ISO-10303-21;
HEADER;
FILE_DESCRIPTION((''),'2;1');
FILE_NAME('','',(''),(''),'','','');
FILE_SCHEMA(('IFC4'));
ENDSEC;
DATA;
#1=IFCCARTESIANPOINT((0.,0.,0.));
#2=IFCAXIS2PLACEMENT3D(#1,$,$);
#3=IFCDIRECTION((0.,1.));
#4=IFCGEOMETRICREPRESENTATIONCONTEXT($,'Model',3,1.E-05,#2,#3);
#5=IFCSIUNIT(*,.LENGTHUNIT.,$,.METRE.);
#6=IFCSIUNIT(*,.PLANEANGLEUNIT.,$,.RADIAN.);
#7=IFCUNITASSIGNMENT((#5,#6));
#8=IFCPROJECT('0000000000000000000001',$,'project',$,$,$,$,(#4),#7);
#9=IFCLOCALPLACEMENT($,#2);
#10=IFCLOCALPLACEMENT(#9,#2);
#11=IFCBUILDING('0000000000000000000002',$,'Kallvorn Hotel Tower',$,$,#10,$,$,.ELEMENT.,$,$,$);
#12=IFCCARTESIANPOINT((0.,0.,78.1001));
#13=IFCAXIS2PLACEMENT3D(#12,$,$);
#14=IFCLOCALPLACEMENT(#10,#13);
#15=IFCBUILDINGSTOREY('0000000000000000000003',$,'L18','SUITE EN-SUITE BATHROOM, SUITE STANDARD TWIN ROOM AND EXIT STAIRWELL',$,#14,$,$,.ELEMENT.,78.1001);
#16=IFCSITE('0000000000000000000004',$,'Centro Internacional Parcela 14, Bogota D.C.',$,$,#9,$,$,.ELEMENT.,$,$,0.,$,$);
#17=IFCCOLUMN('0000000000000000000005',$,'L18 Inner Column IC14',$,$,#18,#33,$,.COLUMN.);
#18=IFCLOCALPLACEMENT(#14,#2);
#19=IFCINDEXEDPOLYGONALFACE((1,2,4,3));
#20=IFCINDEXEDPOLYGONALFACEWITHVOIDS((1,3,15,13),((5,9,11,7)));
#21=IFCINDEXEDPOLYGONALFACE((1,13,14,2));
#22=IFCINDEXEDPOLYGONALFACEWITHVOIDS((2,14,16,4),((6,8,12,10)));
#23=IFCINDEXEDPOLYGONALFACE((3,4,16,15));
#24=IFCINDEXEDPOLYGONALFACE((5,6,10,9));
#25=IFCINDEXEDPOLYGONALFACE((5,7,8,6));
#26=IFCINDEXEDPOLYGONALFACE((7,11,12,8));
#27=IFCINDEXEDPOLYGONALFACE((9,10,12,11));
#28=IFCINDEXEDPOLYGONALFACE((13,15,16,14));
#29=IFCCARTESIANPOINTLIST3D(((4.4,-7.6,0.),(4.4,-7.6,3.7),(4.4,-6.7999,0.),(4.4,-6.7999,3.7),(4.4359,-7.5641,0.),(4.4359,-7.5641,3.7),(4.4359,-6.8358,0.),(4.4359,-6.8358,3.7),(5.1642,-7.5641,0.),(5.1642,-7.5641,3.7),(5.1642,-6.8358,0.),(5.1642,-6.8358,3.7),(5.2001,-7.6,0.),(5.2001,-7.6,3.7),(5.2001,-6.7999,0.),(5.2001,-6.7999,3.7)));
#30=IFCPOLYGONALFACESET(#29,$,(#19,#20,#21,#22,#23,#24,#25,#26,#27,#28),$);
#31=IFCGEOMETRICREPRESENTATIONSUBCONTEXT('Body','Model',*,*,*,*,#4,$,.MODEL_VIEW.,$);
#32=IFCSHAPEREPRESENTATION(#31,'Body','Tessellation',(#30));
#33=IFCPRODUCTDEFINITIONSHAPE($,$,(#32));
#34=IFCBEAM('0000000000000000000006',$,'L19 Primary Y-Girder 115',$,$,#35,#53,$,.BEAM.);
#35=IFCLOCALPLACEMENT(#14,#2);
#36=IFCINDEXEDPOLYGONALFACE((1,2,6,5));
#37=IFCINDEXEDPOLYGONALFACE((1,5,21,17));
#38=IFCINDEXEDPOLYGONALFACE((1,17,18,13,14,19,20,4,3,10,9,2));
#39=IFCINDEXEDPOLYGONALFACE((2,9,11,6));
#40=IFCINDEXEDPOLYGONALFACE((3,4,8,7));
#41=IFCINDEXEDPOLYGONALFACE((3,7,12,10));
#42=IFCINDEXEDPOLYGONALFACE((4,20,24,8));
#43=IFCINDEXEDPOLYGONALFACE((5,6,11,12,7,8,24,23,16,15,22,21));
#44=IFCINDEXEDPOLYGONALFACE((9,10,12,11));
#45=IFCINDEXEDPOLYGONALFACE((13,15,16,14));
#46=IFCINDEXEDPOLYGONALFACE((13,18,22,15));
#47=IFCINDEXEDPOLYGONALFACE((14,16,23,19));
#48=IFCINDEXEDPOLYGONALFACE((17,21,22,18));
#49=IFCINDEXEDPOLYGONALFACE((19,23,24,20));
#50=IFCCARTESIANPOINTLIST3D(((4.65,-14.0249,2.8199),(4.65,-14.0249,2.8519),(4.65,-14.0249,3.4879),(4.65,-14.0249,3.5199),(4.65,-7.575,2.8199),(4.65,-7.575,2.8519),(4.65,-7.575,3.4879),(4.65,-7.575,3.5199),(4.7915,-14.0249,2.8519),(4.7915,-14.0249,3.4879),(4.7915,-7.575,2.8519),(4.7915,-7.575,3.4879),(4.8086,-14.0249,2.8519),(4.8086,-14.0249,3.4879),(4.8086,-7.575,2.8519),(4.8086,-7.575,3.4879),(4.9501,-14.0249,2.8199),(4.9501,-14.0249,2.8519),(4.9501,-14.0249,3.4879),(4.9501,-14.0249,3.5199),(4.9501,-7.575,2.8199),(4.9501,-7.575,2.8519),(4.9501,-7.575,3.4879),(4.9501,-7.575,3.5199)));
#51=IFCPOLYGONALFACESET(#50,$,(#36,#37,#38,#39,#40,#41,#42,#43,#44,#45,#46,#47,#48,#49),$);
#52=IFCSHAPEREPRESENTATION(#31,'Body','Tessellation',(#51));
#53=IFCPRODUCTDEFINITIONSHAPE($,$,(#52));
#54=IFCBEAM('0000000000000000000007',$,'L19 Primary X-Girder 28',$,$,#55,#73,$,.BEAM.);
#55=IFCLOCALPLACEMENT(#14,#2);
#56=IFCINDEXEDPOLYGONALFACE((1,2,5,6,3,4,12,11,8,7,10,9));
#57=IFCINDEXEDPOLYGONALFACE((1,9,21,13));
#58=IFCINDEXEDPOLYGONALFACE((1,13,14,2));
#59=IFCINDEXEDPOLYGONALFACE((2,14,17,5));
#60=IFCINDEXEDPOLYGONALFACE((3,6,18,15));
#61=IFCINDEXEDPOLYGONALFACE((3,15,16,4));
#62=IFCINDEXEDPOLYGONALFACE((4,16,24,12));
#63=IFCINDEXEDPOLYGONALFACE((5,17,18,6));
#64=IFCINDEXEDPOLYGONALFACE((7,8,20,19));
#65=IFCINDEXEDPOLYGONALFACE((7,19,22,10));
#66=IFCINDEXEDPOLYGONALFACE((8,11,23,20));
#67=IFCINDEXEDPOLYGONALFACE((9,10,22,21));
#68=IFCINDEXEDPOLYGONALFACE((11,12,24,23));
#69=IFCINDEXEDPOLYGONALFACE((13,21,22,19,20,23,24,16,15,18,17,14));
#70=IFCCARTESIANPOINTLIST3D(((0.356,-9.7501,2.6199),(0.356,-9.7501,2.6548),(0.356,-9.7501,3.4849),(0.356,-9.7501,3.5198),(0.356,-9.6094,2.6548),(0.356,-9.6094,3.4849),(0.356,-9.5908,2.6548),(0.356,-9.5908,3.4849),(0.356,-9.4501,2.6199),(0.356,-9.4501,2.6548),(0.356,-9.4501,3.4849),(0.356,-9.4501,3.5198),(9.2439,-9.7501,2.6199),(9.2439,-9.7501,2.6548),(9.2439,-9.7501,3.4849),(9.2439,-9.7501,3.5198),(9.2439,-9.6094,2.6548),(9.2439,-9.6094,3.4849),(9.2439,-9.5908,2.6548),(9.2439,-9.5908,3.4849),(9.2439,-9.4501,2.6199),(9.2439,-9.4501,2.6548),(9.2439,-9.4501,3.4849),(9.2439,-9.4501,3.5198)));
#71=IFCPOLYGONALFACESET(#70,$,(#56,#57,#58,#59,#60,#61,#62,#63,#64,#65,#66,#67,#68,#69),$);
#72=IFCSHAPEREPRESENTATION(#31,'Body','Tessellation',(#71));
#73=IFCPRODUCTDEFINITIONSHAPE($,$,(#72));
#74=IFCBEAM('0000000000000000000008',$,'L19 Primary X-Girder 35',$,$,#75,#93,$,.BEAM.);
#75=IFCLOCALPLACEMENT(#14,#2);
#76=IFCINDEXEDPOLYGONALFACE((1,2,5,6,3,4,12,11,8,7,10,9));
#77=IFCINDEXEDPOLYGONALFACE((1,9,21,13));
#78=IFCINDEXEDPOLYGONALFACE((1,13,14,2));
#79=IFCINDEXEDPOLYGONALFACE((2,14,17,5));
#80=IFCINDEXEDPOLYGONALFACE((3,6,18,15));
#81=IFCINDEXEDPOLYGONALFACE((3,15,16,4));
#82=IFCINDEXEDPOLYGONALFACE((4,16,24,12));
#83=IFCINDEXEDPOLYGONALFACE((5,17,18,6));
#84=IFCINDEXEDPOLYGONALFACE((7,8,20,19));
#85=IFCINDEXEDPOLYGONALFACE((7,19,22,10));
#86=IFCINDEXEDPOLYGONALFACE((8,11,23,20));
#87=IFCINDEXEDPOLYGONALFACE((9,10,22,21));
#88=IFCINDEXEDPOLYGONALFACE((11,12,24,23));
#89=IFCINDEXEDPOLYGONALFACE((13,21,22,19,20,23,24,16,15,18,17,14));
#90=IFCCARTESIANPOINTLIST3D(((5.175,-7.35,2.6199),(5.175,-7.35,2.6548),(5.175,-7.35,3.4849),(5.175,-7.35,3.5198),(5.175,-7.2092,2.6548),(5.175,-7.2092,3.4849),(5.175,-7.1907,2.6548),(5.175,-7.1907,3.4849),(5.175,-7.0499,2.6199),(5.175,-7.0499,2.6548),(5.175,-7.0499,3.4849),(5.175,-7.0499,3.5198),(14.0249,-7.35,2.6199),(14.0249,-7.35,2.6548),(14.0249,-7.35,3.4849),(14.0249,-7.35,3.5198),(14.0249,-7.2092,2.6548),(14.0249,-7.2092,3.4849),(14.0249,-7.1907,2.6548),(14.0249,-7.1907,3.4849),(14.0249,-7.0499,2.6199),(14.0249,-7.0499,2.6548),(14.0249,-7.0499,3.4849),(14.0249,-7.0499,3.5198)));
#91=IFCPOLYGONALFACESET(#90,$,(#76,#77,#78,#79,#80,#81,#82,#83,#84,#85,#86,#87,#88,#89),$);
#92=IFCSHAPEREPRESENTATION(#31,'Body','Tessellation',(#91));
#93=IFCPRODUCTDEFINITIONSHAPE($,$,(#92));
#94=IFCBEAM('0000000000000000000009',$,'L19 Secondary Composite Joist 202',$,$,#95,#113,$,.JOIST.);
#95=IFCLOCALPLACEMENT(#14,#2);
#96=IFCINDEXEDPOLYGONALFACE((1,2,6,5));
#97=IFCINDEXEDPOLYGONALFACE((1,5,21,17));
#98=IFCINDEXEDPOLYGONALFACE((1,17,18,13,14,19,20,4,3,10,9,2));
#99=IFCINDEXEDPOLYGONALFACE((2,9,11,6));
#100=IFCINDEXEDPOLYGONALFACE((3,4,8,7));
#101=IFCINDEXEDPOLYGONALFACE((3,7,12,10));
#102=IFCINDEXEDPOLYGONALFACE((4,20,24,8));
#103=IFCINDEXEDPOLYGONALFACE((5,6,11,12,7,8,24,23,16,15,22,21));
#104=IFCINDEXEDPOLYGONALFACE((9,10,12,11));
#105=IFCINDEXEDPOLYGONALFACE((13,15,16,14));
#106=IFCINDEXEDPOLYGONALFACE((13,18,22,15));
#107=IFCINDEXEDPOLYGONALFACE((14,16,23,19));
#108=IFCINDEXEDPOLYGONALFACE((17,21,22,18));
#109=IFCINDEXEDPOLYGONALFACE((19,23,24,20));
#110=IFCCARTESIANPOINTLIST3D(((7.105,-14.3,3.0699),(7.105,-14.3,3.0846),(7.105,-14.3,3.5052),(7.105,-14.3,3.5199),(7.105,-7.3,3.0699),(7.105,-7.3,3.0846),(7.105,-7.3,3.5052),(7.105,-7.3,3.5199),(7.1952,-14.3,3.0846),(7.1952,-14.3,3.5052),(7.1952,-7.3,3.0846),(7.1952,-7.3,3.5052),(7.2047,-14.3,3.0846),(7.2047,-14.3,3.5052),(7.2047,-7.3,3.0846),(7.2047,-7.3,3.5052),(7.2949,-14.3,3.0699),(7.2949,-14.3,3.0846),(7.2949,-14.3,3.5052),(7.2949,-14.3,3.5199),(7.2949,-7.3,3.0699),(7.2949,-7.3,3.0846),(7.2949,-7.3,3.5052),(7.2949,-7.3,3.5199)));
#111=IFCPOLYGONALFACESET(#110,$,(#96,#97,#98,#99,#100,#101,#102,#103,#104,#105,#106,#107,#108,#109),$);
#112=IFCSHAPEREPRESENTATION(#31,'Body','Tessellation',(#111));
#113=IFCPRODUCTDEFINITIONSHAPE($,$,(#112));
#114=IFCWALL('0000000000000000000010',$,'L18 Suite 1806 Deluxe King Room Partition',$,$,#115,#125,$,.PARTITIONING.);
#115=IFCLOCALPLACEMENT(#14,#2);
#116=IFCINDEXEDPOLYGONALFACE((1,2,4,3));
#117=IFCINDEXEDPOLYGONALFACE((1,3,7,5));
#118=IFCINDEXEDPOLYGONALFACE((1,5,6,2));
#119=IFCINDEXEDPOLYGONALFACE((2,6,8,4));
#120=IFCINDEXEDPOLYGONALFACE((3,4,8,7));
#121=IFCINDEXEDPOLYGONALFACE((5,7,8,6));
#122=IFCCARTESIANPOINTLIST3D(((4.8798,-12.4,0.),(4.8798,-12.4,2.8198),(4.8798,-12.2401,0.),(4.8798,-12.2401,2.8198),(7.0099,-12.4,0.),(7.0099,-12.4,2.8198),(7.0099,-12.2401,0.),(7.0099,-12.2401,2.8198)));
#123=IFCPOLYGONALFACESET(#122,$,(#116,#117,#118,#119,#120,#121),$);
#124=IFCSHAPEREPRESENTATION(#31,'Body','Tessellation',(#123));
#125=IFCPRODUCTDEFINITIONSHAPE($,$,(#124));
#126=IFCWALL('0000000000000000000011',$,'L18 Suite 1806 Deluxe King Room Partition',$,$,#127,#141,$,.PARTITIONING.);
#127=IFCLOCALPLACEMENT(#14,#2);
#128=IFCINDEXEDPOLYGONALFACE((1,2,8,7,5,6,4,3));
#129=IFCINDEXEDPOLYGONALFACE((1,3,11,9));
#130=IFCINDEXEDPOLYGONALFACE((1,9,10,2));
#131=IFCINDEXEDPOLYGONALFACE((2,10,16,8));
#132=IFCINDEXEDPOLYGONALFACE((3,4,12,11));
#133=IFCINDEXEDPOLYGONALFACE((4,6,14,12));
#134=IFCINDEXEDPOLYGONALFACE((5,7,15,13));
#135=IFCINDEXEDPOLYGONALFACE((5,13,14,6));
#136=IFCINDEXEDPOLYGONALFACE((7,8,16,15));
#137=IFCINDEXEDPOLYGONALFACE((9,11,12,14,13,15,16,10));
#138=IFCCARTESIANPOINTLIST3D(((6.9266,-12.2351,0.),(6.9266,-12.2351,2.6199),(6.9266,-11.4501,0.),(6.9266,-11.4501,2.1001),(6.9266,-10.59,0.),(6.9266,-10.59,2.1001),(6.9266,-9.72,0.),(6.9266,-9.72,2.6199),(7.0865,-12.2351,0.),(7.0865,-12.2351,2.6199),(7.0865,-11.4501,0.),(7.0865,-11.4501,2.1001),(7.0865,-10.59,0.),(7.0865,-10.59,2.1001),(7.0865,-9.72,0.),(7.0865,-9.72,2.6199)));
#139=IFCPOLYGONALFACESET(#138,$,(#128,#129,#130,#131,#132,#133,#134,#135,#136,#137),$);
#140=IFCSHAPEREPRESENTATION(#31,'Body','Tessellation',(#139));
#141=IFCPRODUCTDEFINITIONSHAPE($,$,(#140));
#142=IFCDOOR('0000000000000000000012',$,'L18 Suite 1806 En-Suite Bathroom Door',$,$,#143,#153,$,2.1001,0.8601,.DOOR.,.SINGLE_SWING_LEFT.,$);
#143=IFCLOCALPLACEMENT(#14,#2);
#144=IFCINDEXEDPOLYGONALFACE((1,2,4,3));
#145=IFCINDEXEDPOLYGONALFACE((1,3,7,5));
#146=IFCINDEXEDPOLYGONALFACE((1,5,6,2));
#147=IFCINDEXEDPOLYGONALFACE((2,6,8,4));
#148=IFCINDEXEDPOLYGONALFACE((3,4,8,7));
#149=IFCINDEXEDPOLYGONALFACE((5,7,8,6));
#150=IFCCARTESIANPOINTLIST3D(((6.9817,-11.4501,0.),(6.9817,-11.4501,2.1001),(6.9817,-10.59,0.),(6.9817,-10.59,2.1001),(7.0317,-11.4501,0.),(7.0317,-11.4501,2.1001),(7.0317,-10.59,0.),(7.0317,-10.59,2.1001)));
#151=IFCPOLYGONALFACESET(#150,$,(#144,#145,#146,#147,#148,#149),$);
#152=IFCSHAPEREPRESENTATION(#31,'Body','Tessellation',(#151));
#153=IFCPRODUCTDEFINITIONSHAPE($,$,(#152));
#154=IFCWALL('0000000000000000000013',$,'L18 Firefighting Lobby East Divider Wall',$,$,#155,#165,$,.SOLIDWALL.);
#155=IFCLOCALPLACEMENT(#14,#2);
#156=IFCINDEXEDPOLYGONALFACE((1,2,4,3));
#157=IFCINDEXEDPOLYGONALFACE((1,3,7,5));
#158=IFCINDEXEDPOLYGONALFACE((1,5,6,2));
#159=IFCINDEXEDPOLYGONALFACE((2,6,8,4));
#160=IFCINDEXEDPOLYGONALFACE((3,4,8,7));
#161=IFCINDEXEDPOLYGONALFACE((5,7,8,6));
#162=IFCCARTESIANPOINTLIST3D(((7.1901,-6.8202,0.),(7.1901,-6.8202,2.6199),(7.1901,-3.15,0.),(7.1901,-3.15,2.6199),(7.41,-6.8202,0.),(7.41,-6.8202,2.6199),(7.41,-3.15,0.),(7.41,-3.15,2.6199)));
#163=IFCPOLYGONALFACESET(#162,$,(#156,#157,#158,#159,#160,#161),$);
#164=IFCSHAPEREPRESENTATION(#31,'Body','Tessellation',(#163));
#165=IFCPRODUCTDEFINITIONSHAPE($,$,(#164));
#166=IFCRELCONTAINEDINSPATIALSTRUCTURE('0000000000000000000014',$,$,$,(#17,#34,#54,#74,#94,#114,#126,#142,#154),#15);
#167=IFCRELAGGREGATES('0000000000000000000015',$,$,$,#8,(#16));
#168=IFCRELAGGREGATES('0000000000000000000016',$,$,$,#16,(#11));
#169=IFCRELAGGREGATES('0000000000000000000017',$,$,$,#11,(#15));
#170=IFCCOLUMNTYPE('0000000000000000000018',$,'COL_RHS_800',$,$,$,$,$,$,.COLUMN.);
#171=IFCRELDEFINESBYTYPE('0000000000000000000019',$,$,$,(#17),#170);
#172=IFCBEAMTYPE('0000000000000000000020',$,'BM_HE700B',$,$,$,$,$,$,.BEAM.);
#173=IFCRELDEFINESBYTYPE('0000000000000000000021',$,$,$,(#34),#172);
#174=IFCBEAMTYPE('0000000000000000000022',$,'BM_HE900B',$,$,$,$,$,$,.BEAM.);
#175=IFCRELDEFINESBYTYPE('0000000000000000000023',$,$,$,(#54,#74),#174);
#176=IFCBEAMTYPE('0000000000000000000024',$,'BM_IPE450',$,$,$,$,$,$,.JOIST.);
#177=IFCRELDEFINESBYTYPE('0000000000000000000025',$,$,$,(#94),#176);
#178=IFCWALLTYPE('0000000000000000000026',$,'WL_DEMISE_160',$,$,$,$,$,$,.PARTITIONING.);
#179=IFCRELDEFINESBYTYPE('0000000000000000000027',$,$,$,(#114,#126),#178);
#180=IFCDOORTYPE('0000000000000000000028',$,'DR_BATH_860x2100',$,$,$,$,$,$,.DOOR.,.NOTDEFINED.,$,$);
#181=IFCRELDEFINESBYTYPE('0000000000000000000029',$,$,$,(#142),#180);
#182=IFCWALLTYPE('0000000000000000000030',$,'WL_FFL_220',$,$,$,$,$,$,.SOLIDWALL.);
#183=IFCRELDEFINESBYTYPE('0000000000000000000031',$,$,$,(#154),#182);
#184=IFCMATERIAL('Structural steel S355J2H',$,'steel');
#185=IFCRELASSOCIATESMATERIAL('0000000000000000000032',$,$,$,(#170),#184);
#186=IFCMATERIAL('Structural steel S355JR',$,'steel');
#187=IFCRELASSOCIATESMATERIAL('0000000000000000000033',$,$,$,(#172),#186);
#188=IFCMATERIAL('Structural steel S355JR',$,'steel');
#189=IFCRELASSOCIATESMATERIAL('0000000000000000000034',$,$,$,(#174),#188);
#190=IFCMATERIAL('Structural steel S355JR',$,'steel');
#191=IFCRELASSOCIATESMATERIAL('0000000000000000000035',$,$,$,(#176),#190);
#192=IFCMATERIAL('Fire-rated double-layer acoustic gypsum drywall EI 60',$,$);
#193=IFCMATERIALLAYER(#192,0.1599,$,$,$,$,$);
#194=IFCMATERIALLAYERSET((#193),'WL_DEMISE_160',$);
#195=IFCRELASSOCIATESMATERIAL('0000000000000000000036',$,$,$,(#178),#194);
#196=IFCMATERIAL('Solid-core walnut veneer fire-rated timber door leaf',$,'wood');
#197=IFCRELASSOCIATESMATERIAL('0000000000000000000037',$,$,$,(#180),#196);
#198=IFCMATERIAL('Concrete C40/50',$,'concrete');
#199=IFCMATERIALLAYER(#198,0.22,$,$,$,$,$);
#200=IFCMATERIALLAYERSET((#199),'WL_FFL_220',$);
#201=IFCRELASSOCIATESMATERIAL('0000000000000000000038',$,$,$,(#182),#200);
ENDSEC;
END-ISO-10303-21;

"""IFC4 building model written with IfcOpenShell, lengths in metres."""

from ifc_helpers import new_model, si_unit, direction, frame, frame_2d, origin, origin_2d, place, context, subcontext, project, spatial, rectangle, hollow_rectangle, i_section, extrude, material, layer, layer_set, material_profile, profile_set, type_object, element, fill, save


model = new_model("IFC4")

# Units and contexts
model_context = context("Model", 3, precision=1e-05, world=origin(), true_north=direction((0.0, 1.0)))
body_context = subcontext(model_context, "Body", "Model", "MODEL_VIEW")
ifc_project = project(units=[si_unit("LENGTHUNIT", "METRE"), si_unit("PLANEANGLEUNIT", "RADIAN")], contexts=[model_context])

# Site, building, storey
site_placement = place(None, origin())
site = spatial("IfcSite", under=ifc_project, at=site_placement, Name="Centro Internacional Parcela 14, Bogota D.C.", CompositionType="ELEMENT", RefElevation=0.0)
building_placement = place(site_placement, origin())
building = spatial("IfcBuilding", under=site, at=building_placement, Name="Kallvorn Hotel Tower", CompositionType="ELEMENT")
storey_placement = place(building_placement, frame((0.0, 0.0, 78.1001)))
storey = spatial("IfcBuildingStorey", under=building, at=storey_placement, Name="L18", Description="SUITE EN-SUITE BATHROOM, SUITE STANDARD TWIN ROOM AND EXIT STAIRWELL", CompositionType="ELEMENT", Elevation=78.1001)

# Column
ifc_material_1 = material(Name="Structural steel S355J2H", Category="steel")
ifc_material_profile_1 = material_profile(ifc_material_1, hollow_rectangle(XDim=0.8, YDim=0.8, WallThickness=0.0359, at=origin_2d()), Name="RHS 800x800x36")
ifc_profile_set_1 = profile_set([ifc_material_profile_1], Name="Structural steel S355J2H")
column_type = type_object("IfcColumnType", Name="COL_RHS_800", PredefinedType="COLUMN", material=ifc_profile_set_1)
column_placement = place(storey_placement, frame((4.8, -7.2, 0.0), z_axis=(0.0, 0.0, 1.0), x_axis=(1.0, 0.0, 0.0)))
element("IfcColumn", 1, at=column_placement, inside=storey, type_object=column_type, Name="L18 Inner Column IC14", PredefinedType="COLUMN", context=body_context, shape_type="SweptSolid", body=[
    extrude(hollow_rectangle(XDim=0.8, YDim=0.8, WallThickness=0.0359, at=origin_2d()), origin(), (0.0, 0.0, 1.0), 3.7),
])

# Beams
ifc_material_2 = material(Name="Structural steel S355JR", Category="steel")
ifc_material_profile_2 = material_profile(ifc_material_2, i_section(OverallWidth=0.3, OverallDepth=0.7, WebThickness=0.0171, FlangeThickness=0.032, at=origin_2d()), Name="HE 700 B")
ifc_profile_set_2 = profile_set([ifc_material_profile_2], Name="Structural steel S355JR")
beam_type_1 = type_object("IfcBeamType", Name="BM_HE700B", PredefinedType="BEAM", material=ifc_profile_set_2)
beam_1_placement = place(storey_placement, frame((4.8, -14.0249, 3.1699), z_axis=(0.0, 1.0, 0.0), x_axis=(-1.0, 0.0, 0.0)))
element("IfcBeam", 2, at=beam_1_placement, inside=storey, type_object=beam_type_1, Name="L19 Primary Y-Girder 115", PredefinedType="BEAM", context=body_context, shape_type="SweptSolid", body=[
    extrude(i_section(OverallWidth=0.3, OverallDepth=0.7, WebThickness=0.0171, FlangeThickness=0.032, at=origin_2d()), origin(), (0.0, 0.0, 1.0), 6.45),
])
ifc_material_3 = material(Name="Structural steel S355JR", Category="steel")
ifc_material_profile_3 = material_profile(ifc_material_3, i_section(OverallWidth=0.3, OverallDepth=0.8999, WebThickness=0.0186, FlangeThickness=0.0349, at=origin_2d()), Name="HE 900 B")
ifc_profile_set_3 = profile_set([ifc_material_profile_3], Name="Structural steel S355JR")
beam_type_2 = type_object("IfcBeamType", Name="BM_HE900B", PredefinedType="BEAM", material=ifc_profile_set_3)
beam_2_placement = place(storey_placement, frame((0.356, -9.6001, 3.0698), z_axis=(1.0, 0.0, 0.0), x_axis=(0.0, 1.0, 0.0)))
element("IfcBeam", 3, at=beam_2_placement, inside=storey, type_object=beam_type_2, Name="L19 Primary X-Girder 28", PredefinedType="BEAM", context=body_context, shape_type="SweptSolid", body=[
    extrude(i_section(OverallWidth=0.3, OverallDepth=0.8999, WebThickness=0.0186, FlangeThickness=0.0349, at=origin_2d()), origin(), (0.0, 0.0, 1.0), 8.8879),
])
beam_3_placement = place(storey_placement, frame((5.175, -7.2, 3.0698), z_axis=(1.0, 0.0, 0.0), x_axis=(0.0, 1.0, 0.0)))
element("IfcBeam", 4, at=beam_3_placement, inside=storey, type_object=beam_type_2, Name="L19 Primary X-Girder 35", PredefinedType="BEAM", context=body_context, shape_type="SweptSolid", body=[
    extrude(i_section(OverallWidth=0.3, OverallDepth=0.8999, WebThickness=0.0186, FlangeThickness=0.0349, at=origin_2d()), origin(), (0.0, 0.0, 1.0), 8.8499),
])
ifc_material_4 = material(Name="Structural steel S355JR", Category="steel")
ifc_material_profile_4 = material_profile(ifc_material_4, i_section(OverallWidth=0.1899, OverallDepth=0.45, WebThickness=0.0095, FlangeThickness=0.0146, at=origin_2d()), Name="IPE 450")
ifc_profile_set_4 = profile_set([ifc_material_profile_4], Name="Structural steel S355JR")
beam_type_3 = type_object("IfcBeamType", Name="BM_IPE450", PredefinedType="JOIST", material=ifc_profile_set_4)
beam_4_placement = place(storey_placement, frame((7.2, -14.3, 3.2949), z_axis=(0.0, 1.0, 0.0), x_axis=(-1.0, 0.0, 0.0)))
element("IfcBeam", 5, at=beam_4_placement, inside=storey, type_object=beam_type_3, Name="L19 Secondary Composite Joist 202", PredefinedType="JOIST", context=body_context, shape_type="SweptSolid", body=[
    extrude(i_section(OverallWidth=0.1899, OverallDepth=0.45, WebThickness=0.0095, FlangeThickness=0.0146, at=origin_2d()), origin(), (0.0, 0.0, 1.0), 7.0),
])

# Wall
ifc_material_5 = material(Name="Fire-rated double-layer acoustic gypsum drywall EI 60")
ifc_layer_1 = layer(ifc_material_5, 0.1599)
ifc_layer_set_1 = layer_set([ifc_layer_1], Name="WL_DEMISE_160")
wall_type_1 = type_object("IfcWallType", Name="WL_DEMISE_160", PredefinedType="PARTITIONING", material=ifc_layer_set_1)
wall_1_placement = place(storey_placement, frame((4.8799, -12.3201, 0.0), z_axis=(0.0, 0.0, 1.0), x_axis=(1.0, 0.0, 0.0)))
element("IfcWall", 6, at=wall_1_placement, inside=storey, type_object=wall_type_1, Name="L18 Suite 1806 Deluxe King Room Partition", PredefinedType="PARTITIONING", context=body_context, shape_type="SweptSolid", body=[
    extrude(rectangle(XDim=2.1301, YDim=0.1599, at=frame_2d((1.0649, 0.0))), origin(), (0.0, 0.0, 1.0), 2.8198),
])

# Wall, opening, door
wall_2_placement = place(storey_placement, frame((7.0066, -12.2351, 0.0), z_axis=(0.0, 0.0, 1.0), x_axis=(0.0, 1.0, 0.0)))
wall_2 = element("IfcWall", 7, at=wall_2_placement, inside=storey, type_object=wall_type_1, Name="L18 Suite 1806 Deluxe King Room Partition", PredefinedType="PARTITIONING", context=body_context, shape_type="SweptSolid", body=[
    extrude(rectangle(XDim=2.5151, YDim=0.1599, at=frame_2d((1.2576, 0.0))), origin(), (0.0, 0.0, 1.0), 2.6199),
])
opening_1_placement = place(wall_2_placement, frame((0.7849, 0.0, 0.0)))
opening_1 = element("IfcOpeningElement", 8, at=opening_1_placement, cuts=wall_2, PredefinedType="OPENING", context=body_context, shape_type="SweptSolid", body=[
    extrude(rectangle(XDim=0.8601, YDim=2.1001, at=frame_2d((0.4302, 1.05))), frame((0.0, 0.095, 0.0), z_axis=(0.0, -1.0, 0.0), x_axis=(1.0, 0.0, 0.0)), (0.0, 0.0, 1.0), 0.1899),
])
ifc_material_6 = material(Name="Solid-core walnut veneer fire-rated timber door leaf", Category="wood")
door_type_1 = type_object("IfcDoorType", Name="DR_BATH_860x2100", OperationType="NOTDEFINED", PredefinedType="DOOR", material=ifc_material_6)
door_1_placement = place(opening_1_placement, origin())
door_1 = element("IfcDoor", 9, at=door_1_placement, inside=storey, type_object=door_type_1, Name="L18 Suite 1806 En-Suite Bathroom Door", OperationType="SINGLE_SWING_LEFT", OverallHeight=2.1001, OverallWidth=0.8601, PredefinedType="DOOR", context=body_context, shape_type="SweptSolid", body=[
    extrude(rectangle(XDim=0.8601, YDim=2.1001, at=frame_2d((0.4302, 1.05))), frame((0.0, 0.0249, 0.0), z_axis=(0.0, -1.0, 0.0), x_axis=(1.0, 0.0, 0.0)), (0.0, 0.0, 1.0), 0.05),
])
fill(opening_1, door_1)

# Wall
ifc_material_7 = material(Name="Concrete C40/50", Category="concrete")
ifc_layer_2 = layer(ifc_material_7, 0.22)
ifc_layer_set_2 = layer_set([ifc_layer_2], Name="WL_FFL_220")
wall_type_2 = type_object("IfcWallType", Name="WL_FFL_220", PredefinedType="SOLIDWALL", material=ifc_layer_set_2)
wall_3_placement = place(storey_placement, frame((7.3, -6.8201, 0.0), z_axis=(0.0, 0.0, 1.0), x_axis=(0.0, 1.0, 0.0)))
element("IfcWall", 10, at=wall_3_placement, inside=storey, type_object=wall_type_2, Name="L18 Firefighting Lobby East Divider Wall", PredefinedType="SOLIDWALL", context=body_context, shape_type="SweptSolid", body=[
    extrude(rectangle(XDim=3.6702, YDim=0.22, at=frame_2d((1.835, 0.0))), origin(), (0.0, 0.0, 1.0), 2.6199),
])

save(model, "model.ifc")
